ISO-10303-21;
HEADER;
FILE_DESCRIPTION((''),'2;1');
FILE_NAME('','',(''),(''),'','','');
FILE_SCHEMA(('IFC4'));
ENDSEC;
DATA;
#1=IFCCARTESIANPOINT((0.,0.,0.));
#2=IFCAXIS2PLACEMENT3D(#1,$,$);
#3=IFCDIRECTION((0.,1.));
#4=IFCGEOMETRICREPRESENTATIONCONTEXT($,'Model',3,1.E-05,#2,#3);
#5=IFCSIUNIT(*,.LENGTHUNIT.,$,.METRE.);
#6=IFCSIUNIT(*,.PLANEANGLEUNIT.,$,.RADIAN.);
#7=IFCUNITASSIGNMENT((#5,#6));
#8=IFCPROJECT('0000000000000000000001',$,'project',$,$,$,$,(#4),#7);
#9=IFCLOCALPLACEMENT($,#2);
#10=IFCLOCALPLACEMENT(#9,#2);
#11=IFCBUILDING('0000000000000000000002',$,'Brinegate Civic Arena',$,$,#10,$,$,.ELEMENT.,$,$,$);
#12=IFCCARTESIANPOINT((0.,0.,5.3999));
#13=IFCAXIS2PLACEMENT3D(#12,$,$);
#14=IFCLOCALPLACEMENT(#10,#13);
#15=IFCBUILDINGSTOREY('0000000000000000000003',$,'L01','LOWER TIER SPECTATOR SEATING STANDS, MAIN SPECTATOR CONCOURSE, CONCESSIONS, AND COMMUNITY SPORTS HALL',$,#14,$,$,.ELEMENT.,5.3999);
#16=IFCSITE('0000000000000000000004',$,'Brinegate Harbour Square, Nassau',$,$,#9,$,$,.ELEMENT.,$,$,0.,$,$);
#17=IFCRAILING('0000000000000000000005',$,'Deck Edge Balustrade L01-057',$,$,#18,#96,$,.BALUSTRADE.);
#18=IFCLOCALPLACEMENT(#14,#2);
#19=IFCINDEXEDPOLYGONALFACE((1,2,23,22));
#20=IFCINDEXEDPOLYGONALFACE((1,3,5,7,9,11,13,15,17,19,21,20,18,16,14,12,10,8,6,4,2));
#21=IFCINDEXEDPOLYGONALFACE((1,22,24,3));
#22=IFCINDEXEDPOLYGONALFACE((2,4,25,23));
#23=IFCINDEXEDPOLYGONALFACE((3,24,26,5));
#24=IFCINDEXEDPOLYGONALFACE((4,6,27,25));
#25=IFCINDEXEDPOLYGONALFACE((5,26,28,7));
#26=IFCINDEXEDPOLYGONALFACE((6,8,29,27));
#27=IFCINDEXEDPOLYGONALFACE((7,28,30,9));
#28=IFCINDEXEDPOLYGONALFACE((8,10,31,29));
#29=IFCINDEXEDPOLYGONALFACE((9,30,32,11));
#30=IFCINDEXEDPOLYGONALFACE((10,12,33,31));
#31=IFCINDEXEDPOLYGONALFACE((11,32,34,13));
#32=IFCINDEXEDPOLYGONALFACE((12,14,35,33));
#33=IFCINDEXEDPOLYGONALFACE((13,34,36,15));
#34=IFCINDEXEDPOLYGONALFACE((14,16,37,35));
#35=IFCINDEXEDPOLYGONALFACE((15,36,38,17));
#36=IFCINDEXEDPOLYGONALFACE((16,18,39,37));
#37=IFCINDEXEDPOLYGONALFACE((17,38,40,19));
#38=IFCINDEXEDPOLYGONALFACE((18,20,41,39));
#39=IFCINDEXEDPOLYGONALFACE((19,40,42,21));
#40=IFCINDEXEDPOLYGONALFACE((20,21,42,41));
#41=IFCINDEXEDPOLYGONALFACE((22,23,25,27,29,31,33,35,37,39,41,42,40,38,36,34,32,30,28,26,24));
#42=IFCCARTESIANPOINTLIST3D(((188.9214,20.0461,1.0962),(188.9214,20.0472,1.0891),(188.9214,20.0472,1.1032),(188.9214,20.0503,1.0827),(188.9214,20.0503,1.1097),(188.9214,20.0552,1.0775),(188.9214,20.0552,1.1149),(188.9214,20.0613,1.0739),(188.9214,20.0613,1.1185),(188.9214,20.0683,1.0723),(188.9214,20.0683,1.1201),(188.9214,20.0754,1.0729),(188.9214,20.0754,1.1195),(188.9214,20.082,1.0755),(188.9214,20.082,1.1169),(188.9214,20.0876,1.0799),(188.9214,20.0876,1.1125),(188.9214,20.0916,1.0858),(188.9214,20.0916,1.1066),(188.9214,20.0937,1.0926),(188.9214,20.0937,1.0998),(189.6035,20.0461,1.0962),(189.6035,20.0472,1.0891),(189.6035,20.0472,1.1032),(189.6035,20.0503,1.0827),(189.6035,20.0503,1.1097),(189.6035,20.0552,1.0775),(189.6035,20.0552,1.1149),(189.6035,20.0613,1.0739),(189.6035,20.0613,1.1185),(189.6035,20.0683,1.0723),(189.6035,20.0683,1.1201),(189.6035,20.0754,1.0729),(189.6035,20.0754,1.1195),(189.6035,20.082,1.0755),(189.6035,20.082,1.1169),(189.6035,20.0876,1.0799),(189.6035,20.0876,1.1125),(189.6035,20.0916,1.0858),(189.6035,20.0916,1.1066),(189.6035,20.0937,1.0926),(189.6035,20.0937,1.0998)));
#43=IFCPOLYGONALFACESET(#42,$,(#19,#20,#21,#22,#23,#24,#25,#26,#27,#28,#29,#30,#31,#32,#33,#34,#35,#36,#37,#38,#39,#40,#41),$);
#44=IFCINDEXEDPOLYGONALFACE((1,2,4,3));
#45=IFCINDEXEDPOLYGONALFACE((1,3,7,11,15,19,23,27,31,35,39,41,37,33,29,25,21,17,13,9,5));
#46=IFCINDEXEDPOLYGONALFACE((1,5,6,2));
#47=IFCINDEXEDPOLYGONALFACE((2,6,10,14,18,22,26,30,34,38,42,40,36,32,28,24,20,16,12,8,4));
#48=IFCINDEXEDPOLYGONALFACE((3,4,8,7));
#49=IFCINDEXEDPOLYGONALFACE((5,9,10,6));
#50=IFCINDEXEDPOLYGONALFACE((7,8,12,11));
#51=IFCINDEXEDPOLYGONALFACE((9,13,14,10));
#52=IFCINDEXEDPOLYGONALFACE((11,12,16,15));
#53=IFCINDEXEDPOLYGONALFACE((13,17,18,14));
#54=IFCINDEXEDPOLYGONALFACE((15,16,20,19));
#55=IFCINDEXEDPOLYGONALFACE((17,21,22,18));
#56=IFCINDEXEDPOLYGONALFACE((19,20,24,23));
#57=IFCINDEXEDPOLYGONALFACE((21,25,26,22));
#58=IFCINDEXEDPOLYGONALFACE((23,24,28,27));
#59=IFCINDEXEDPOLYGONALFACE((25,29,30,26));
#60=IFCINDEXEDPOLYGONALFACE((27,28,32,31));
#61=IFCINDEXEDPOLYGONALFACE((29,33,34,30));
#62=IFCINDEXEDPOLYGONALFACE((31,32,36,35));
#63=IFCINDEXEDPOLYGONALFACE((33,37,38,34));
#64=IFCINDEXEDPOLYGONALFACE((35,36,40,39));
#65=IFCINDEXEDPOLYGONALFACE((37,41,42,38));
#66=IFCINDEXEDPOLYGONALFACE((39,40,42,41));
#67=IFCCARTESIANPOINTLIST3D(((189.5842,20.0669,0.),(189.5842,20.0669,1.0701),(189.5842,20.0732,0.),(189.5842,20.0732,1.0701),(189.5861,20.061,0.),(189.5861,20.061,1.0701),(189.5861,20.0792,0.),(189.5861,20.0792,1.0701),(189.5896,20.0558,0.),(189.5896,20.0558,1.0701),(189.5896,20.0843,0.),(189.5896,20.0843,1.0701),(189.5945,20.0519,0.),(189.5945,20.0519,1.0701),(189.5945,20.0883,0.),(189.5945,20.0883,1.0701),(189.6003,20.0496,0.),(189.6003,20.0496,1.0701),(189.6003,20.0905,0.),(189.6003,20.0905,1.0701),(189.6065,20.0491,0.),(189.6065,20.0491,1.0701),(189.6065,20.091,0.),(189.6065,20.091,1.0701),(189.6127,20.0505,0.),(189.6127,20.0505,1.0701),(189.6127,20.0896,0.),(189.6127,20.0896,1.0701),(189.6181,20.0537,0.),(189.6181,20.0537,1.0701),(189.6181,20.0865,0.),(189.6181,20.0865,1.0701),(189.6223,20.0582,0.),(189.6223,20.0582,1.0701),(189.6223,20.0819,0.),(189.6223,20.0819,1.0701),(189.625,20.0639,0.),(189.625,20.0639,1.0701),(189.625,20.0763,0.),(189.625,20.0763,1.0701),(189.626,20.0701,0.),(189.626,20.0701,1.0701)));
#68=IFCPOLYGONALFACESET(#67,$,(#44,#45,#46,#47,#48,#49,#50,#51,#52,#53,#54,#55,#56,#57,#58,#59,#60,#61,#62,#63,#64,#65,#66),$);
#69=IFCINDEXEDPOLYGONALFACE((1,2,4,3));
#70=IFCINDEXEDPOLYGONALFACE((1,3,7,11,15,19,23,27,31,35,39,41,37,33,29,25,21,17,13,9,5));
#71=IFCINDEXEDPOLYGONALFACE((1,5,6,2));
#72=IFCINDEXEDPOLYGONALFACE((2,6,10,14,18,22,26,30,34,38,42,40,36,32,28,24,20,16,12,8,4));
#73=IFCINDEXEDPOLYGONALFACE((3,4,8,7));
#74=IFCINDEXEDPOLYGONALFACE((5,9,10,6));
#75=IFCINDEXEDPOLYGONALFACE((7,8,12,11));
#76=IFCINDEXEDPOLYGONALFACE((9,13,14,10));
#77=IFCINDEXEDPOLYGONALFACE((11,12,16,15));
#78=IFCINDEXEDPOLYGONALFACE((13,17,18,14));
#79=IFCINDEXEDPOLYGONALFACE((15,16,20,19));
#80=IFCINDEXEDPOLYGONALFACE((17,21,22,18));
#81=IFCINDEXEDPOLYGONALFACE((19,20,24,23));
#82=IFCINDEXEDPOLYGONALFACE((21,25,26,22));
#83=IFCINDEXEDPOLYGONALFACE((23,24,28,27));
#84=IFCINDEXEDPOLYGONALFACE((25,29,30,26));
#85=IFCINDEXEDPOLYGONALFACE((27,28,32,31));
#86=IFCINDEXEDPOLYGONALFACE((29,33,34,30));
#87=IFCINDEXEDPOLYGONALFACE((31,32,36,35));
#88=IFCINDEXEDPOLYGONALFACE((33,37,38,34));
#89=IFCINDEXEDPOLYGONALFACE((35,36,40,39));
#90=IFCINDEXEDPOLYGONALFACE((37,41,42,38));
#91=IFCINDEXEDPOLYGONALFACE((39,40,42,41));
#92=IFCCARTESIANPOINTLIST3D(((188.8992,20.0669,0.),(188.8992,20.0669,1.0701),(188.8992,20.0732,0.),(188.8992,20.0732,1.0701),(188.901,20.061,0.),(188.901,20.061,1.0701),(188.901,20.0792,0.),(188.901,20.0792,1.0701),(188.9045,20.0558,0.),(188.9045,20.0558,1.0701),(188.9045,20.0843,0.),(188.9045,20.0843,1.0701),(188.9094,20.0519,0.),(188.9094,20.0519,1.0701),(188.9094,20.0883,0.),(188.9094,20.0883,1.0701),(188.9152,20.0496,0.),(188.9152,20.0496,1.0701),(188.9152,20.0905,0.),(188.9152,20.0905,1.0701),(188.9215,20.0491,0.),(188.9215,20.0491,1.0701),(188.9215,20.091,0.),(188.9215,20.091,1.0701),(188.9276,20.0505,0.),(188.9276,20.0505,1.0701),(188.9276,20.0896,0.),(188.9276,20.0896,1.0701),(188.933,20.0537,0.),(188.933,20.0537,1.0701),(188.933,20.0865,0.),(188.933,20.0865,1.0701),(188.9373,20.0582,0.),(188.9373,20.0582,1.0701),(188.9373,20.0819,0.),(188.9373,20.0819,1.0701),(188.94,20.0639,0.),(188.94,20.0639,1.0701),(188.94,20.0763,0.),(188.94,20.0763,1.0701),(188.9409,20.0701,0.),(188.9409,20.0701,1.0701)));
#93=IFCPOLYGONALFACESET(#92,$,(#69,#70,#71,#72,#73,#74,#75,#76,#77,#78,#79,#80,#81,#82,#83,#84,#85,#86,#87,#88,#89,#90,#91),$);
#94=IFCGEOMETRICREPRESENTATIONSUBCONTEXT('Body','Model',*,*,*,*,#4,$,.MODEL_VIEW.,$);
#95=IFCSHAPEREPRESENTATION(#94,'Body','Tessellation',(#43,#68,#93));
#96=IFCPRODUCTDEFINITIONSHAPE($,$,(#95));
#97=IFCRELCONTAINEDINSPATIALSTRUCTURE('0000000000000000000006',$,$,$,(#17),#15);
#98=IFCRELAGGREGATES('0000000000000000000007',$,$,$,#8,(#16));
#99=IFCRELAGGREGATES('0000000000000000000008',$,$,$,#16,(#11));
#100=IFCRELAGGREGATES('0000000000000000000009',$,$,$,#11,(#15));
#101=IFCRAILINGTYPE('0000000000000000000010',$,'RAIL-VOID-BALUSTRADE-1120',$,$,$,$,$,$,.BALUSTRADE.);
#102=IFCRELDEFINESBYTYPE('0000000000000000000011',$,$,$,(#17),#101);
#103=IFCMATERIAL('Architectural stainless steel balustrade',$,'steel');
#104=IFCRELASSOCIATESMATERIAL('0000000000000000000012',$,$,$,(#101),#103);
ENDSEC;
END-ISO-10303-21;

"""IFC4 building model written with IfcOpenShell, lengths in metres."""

from ifc_helpers import new_model, si_unit, direction, frame, origin, origin_2d, place, context, subcontext, project, spatial, circle, extrude, material, type_object, element, save


model = new_model("IFC4")

# Units and contexts
model_context = context("Model", 3, precision=1e-05, world=origin(), true_north=direction((0.0, 1.0)))
body_context = subcontext(model_context, "Body", "Model", "MODEL_VIEW")
ifc_project = project(units=[si_unit("LENGTHUNIT", "METRE"), si_unit("PLANEANGLEUNIT", "RADIAN")], contexts=[model_context])

# Site, building, storey
site_placement = place(None, origin())
site = spatial("IfcSite", under=ifc_project, at=site_placement, Name="Brinegate Harbour Square, Nassau", CompositionType="ELEMENT", RefElevation=0.0)
building_placement = place(site_placement, origin())
building = spatial("IfcBuilding", under=site, at=building_placement, Name="Brinegate Civic Arena", CompositionType="ELEMENT")
storey_placement = place(building_placement, frame((0.0, 0.0, 5.3999)))
storey = spatial("IfcBuildingStorey", under=building, at=storey_placement, Name="L01", Description="LOWER TIER SPECTATOR SEATING STANDS, MAIN SPECTATOR CONCOURSE, CONCESSIONS, AND COMMUNITY SPORTS HALL", CompositionType="ELEMENT", Elevation=5.3999)

# Railing
ifc_material_1 = material(Name="Architectural stainless steel balustrade", Category="steel")
railing_type = type_object("IfcRailingType", Name="RAIL-VOID-BALUSTRADE-1120", PredefinedType="BALUSTRADE", material=ifc_material_1)
railing_1_placement = place(storey_placement, frame((189.605, 20.0701, 0.0)))
element("IfcRailing", 1, at=railing_1_placement, inside=storey, type_object=railing_type, Name="Deck Edge Balustrade L01-057", PredefinedType="BALUSTRADE", context=body_context, shape_type="SweptSolid", body=[
    extrude(circle(Radius=0.0239, at=origin_2d()), frame((-0.0015, 0.0, 1.0962), z_axis=(-1.0, 0.0, 0.0), x_axis=(0.0, -1.0, 0.0)), (0.0, 0.0, 1.0), 0.6821),
    extrude(circle(Radius=0.021, at=origin_2d()), origin(), (0.0, 0.0, 1.0), 1.0701),
    extrude(circle(Radius=0.021, at=origin_2d()), frame((-0.6851, 0.0, 0.0)), (0.0, 0.0, 1.0), 1.0701),
])

save(model, "model.ifc")
